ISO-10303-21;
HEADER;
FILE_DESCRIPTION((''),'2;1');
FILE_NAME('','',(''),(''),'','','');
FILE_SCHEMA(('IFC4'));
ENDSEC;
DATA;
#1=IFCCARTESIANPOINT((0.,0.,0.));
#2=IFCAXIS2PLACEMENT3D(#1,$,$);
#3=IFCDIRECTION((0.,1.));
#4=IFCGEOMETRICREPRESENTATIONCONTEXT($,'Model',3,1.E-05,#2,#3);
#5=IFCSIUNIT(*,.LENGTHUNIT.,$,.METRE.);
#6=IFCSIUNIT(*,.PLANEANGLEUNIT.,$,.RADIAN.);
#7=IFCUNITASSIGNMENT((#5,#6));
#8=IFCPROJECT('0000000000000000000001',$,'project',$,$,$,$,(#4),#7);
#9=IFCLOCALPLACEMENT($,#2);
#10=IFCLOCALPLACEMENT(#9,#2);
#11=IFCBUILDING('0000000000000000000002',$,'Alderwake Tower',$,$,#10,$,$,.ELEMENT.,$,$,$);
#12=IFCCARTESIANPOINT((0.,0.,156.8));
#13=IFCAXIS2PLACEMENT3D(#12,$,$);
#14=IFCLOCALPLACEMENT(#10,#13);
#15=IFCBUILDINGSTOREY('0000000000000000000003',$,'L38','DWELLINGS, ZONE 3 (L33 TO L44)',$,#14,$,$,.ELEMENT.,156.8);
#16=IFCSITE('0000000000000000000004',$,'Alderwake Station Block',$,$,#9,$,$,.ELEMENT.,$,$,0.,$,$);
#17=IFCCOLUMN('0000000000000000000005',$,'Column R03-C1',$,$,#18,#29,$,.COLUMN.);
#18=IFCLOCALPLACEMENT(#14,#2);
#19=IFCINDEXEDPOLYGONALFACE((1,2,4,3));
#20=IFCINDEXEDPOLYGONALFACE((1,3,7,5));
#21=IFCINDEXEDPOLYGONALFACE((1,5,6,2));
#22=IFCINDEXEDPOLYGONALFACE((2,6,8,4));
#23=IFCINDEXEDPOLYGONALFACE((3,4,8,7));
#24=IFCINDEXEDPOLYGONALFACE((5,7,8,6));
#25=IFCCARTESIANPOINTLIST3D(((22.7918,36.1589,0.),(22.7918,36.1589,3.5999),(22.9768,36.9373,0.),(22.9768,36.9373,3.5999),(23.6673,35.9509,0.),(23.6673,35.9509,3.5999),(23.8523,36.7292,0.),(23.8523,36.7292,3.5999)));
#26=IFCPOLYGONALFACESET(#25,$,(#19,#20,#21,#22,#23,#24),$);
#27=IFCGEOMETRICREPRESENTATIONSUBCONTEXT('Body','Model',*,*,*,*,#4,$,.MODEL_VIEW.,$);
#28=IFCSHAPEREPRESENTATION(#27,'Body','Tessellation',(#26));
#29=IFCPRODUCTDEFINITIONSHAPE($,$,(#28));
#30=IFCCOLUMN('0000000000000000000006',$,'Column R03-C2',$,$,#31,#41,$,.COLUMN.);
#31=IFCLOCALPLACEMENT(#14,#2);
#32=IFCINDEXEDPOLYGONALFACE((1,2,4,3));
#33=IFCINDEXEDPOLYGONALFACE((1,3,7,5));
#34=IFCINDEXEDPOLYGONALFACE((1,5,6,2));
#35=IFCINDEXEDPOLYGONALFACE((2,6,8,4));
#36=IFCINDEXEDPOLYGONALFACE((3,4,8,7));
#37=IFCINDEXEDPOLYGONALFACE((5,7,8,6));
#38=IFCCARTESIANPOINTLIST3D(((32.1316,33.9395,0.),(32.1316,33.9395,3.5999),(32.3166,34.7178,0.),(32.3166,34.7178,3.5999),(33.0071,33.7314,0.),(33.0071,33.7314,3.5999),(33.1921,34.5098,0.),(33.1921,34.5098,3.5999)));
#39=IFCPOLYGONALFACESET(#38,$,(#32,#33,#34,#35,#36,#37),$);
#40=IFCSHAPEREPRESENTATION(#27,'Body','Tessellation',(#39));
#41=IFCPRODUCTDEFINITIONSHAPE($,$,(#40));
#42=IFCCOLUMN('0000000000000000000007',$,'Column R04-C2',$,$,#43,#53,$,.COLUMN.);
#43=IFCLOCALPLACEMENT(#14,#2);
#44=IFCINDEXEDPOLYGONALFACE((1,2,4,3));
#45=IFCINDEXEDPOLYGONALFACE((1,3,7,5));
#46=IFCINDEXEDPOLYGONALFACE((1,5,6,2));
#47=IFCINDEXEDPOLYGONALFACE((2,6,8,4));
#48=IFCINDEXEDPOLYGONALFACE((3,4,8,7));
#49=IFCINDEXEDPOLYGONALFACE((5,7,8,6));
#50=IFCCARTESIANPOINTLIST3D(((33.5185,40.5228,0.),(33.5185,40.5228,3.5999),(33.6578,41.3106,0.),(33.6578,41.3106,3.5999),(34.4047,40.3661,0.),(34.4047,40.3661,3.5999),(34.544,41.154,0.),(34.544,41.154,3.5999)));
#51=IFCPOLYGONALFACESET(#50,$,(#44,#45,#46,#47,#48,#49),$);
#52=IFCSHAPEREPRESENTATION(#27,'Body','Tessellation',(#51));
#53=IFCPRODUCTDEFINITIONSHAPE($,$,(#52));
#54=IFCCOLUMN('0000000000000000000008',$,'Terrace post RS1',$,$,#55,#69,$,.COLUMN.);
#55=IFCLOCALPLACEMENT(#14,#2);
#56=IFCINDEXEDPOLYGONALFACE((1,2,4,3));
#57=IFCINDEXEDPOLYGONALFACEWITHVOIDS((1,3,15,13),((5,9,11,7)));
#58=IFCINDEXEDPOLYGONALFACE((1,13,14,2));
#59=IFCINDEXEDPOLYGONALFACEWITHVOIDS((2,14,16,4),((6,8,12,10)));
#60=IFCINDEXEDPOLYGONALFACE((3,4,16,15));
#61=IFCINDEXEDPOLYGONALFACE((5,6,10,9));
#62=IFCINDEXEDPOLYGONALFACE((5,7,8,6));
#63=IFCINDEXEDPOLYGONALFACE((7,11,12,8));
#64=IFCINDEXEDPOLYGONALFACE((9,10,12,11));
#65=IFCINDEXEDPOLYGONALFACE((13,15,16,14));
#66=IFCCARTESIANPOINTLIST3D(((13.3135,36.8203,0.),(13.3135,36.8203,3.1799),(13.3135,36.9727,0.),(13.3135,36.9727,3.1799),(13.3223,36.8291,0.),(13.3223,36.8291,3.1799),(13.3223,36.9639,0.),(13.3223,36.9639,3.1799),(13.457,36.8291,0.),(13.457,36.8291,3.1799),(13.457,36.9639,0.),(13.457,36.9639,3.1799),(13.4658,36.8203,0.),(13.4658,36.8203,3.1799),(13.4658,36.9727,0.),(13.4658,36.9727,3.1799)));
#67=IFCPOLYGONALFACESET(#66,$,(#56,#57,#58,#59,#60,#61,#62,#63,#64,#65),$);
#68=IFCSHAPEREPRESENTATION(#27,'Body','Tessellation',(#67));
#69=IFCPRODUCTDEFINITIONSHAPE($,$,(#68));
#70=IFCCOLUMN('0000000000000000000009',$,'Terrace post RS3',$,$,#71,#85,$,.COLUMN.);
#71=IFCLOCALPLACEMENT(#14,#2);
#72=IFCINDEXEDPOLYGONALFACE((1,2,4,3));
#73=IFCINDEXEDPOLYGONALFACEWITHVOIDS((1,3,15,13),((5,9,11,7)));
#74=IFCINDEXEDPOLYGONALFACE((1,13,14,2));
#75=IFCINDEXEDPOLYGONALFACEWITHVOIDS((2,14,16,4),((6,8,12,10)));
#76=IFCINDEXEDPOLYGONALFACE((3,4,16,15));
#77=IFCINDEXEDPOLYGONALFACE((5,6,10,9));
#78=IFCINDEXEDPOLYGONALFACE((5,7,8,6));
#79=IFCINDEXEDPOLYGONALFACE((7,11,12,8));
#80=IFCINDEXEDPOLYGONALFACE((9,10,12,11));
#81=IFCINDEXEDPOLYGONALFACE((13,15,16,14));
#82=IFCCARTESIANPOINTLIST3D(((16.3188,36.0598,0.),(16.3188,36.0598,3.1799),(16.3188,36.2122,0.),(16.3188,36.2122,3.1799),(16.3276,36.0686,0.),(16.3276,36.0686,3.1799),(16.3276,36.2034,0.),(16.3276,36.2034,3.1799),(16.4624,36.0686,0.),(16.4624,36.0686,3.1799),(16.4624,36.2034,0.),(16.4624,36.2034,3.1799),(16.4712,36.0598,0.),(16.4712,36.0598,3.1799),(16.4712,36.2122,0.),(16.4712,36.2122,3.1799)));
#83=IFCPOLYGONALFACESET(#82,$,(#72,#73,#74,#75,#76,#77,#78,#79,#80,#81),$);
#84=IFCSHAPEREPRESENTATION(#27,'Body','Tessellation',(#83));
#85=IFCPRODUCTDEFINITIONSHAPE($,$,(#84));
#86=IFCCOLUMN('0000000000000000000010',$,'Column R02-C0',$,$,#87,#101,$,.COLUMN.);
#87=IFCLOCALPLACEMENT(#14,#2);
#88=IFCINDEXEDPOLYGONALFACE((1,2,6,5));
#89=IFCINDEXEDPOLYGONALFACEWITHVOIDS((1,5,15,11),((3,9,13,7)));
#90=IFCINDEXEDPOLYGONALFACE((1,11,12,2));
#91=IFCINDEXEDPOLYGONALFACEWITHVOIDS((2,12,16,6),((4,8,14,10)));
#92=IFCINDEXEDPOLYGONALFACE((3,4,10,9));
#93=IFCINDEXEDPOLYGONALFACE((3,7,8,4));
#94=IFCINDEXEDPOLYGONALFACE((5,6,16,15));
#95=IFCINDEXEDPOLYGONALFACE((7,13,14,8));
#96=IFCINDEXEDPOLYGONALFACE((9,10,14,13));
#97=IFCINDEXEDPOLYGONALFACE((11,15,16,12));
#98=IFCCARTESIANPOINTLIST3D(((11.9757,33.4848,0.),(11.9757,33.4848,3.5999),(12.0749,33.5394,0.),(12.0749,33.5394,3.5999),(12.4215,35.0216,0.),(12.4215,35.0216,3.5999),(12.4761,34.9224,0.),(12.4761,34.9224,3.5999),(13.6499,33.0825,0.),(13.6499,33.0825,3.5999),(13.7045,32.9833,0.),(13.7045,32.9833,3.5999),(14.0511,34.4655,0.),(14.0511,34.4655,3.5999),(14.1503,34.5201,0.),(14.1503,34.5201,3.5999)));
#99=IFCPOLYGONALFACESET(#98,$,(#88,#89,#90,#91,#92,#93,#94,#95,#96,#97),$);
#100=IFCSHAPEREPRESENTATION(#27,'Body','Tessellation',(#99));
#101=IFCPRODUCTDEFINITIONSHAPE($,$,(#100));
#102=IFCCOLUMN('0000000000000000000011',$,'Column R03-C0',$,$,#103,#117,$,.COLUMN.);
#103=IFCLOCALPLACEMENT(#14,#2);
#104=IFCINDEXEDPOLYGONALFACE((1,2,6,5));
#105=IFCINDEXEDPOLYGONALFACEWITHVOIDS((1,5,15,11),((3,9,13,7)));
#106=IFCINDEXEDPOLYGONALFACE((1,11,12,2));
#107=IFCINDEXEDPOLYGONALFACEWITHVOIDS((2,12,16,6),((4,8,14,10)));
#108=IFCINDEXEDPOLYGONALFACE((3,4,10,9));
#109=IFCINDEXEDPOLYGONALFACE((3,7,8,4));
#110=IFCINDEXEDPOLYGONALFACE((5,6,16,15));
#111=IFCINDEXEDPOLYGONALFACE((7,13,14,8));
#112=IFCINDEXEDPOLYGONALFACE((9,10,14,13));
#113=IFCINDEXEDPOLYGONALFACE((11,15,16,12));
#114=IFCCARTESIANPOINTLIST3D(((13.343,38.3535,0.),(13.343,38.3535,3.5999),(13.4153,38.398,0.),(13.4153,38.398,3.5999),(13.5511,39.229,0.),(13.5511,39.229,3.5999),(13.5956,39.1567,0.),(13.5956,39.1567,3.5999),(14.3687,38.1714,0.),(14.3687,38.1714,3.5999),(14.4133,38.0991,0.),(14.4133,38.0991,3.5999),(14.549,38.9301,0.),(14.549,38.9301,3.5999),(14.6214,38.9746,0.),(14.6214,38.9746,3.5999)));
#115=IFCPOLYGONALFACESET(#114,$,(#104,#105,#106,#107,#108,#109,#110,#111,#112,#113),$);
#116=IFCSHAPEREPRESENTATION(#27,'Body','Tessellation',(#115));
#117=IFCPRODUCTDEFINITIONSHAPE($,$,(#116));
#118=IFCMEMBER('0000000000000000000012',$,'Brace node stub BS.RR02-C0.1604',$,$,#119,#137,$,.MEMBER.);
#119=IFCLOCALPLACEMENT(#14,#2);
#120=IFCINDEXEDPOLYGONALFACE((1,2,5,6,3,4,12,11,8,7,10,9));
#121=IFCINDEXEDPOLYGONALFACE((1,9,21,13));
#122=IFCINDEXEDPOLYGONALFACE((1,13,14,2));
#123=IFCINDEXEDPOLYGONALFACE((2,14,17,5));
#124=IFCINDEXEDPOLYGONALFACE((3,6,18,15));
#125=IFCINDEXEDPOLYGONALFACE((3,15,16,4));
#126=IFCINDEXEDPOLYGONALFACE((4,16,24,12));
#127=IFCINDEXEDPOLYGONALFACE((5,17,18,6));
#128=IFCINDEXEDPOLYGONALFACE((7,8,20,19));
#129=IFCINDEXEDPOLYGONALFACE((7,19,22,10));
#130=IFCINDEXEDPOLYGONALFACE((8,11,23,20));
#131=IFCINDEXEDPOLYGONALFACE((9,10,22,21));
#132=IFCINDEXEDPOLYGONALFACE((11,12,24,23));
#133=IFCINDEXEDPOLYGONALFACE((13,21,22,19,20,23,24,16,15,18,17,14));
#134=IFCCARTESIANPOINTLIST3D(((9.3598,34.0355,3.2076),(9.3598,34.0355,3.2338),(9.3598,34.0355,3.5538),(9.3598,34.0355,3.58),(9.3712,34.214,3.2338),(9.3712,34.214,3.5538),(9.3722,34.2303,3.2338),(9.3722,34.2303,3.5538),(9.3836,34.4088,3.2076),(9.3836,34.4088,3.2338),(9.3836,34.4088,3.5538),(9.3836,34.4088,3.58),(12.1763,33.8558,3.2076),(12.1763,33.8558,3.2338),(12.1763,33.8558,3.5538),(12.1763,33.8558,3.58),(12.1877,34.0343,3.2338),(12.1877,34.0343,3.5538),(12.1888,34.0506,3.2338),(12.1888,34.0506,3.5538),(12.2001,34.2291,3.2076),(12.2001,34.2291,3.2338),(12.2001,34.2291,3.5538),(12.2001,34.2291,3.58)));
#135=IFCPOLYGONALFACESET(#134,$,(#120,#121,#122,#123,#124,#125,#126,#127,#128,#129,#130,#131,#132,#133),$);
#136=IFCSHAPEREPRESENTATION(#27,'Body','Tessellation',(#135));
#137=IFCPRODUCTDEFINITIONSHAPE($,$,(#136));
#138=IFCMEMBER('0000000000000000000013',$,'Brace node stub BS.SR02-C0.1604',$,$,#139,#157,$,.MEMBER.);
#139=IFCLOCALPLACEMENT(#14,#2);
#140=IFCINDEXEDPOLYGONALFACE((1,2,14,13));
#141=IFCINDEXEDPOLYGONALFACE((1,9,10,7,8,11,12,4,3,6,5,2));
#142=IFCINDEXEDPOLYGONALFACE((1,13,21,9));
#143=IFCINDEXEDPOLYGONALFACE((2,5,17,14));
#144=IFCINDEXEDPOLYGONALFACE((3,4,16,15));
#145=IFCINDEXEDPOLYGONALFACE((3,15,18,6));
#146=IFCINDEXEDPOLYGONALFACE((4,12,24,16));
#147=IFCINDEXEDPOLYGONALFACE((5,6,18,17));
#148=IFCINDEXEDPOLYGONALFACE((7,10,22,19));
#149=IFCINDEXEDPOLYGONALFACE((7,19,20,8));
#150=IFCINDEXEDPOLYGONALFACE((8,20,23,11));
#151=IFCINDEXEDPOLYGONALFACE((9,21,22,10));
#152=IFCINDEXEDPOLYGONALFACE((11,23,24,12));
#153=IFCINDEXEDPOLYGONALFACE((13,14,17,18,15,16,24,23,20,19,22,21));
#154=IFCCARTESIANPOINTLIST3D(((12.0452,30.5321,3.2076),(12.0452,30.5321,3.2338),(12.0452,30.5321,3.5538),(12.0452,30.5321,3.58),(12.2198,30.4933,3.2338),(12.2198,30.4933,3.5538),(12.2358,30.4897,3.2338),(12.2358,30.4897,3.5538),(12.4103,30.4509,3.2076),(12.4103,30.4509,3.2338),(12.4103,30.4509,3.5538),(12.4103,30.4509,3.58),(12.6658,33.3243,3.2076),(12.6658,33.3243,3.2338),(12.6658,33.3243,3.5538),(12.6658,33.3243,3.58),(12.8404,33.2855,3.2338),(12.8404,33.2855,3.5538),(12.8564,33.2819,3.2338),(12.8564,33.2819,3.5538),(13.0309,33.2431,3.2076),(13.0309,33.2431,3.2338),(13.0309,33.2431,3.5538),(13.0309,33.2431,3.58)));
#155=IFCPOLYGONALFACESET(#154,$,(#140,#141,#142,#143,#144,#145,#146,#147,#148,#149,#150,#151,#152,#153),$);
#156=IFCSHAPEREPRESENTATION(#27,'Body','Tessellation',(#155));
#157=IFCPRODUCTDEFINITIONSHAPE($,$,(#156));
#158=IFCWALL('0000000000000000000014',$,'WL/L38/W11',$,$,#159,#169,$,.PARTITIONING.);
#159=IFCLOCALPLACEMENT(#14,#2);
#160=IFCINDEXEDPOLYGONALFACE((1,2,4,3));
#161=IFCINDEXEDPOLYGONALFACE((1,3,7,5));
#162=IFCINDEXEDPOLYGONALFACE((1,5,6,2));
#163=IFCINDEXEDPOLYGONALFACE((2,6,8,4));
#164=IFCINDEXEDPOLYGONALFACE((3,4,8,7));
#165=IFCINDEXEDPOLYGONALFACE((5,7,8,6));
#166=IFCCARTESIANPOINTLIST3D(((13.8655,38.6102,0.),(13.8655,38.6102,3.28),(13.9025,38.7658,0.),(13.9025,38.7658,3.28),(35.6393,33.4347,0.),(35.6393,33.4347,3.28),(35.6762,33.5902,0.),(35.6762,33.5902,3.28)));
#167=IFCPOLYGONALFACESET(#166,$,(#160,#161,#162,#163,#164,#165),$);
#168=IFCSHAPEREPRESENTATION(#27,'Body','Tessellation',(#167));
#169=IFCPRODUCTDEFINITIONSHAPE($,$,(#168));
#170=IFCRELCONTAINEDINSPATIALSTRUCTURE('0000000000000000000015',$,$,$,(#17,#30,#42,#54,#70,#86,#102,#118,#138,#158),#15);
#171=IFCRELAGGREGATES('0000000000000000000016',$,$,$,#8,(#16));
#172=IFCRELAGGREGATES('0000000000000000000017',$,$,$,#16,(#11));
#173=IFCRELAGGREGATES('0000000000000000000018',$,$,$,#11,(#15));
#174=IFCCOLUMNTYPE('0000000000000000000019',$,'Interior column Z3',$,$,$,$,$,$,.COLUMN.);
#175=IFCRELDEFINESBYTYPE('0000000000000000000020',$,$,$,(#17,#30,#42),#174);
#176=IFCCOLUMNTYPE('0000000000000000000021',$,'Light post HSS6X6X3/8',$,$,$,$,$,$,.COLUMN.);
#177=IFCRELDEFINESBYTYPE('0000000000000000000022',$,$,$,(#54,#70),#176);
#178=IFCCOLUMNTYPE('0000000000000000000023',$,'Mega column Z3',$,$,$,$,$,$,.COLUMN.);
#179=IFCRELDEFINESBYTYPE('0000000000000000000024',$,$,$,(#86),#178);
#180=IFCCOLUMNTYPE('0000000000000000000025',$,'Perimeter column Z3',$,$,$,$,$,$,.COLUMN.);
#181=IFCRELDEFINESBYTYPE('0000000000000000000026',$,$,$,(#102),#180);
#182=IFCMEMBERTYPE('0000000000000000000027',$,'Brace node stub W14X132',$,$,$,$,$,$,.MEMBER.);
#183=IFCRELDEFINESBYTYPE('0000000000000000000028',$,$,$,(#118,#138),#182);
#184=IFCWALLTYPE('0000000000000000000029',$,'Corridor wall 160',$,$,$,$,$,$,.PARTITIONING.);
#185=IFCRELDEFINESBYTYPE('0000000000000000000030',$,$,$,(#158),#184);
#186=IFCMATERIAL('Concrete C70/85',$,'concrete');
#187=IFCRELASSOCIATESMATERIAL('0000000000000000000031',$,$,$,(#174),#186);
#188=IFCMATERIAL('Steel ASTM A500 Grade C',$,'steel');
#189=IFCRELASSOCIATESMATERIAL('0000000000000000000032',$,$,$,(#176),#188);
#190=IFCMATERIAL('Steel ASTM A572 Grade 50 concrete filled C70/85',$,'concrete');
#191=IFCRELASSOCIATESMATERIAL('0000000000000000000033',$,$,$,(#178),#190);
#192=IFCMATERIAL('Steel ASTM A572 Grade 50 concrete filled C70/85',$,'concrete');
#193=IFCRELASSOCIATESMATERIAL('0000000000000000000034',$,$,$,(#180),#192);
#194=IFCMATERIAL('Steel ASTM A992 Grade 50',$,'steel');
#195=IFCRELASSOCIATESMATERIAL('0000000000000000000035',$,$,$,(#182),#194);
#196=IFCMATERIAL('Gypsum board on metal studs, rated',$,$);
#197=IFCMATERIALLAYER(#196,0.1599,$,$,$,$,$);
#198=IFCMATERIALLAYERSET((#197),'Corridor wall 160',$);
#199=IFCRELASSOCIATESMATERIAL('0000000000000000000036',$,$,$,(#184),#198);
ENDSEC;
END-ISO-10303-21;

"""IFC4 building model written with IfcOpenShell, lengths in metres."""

from ifc_helpers import new_model, si_unit, direction, frame, frame_2d, origin, origin_2d, place, context, subcontext, project, spatial, rectangle, hollow_rectangle, i_section, extrude, material, layer, layer_set, material_profile, profile_set, type_object, element, save


model = new_model("IFC4")

# Units and contexts
model_context = context("Model", 3, precision=1e-05, world=origin(), true_north=direction((0.0, 1.0)))
body_context = subcontext(model_context, "Body", "Model", "MODEL_VIEW")
ifc_project = project(units=[si_unit("LENGTHUNIT", "METRE"), si_unit("PLANEANGLEUNIT", "RADIAN")], contexts=[model_context])

# Site, building, storey
site_placement = place(None, origin())
site = spatial("IfcSite", under=ifc_project, at=site_placement, Name="Alderwake Station Block", CompositionType="ELEMENT", RefElevation=0.0)
building_placement = place(site_placement, origin())
building = spatial("IfcBuilding", under=site, at=building_placement, Name="Alderwake Tower", CompositionType="ELEMENT")
storey_placement = place(building_placement, frame((0.0, 0.0, 156.8)))
storey = spatial("IfcBuildingStorey", under=building, at=storey_placement, Name="L38", Description="DWELLINGS, ZONE 3 (L33 TO L44)", CompositionType="ELEMENT", Elevation=156.8)

# Columns
ifc_material_1 = material(Name="Concrete C70/85", Category="concrete")
ifc_material_profile_1 = material_profile(ifc_material_1, rectangle(XDim=0.8, YDim=0.8999, at=origin_2d()), Name="RC 900X800")
ifc_profile_set_1 = profile_set([ifc_material_profile_1], Name="Concrete C70/85")
column_type_1 = type_object("IfcColumnType", Name="Interior column Z3", PredefinedType="COLUMN", material=ifc_profile_set_1)
for number, where, z_axis, x_axis, name in (
    (1, (23.322, 36.4441, 0.0), (0.0, 0.0, 1.0), (0.231222, 0.972901, 0.0), "Column R03-C1"),
    (2, (32.6619, 34.2246, 0.0), (0.0, 0.0, 1.0), (0.231222, 0.972901, 0.0), "Column R03-C2"),
    (3, (34.0312, 40.8384, 0.0), (0.0, 0.0, 1.0), (0.174109, 0.984726, 0.0), "Column R04-C2"),
):
    element("IfcColumn", number, at=place(storey_placement, frame(where, z_axis=z_axis, x_axis=x_axis)), inside=storey, type_object=column_type_1, Name=name, PredefinedType="COLUMN", context=body_context, shape_type="SweptSolid", body=[
        extrude(rectangle(XDim=0.8, YDim=0.8999, at=origin_2d()), origin(), (0.0, 0.0, 1.0), 3.5999),
    ])
ifc_material_2 = material(Name="Steel ASTM A500 Grade C", Category="steel")
ifc_material_profile_2 = material_profile(ifc_material_2, hollow_rectangle(XDim=0.1523, YDim=0.1523, WallThickness=0.0088, at=origin_2d()), Name="HSS6X6X3/8")
ifc_profile_set_2 = profile_set([ifc_material_profile_2], Name="Steel ASTM A500 Grade C")
column_type_2 = type_object("IfcColumnType", Name="Light post HSS6X6X3/8", PredefinedType="COLUMN", material=ifc_profile_set_2)
for number, where, z_axis, x_axis, name in (
    (4, (13.3896, 36.8965, 0.0), (0.0, 0.0, 1.0), (1.0, 0.0, 0.0), "Terrace post RS1"),
    (5, (16.395, 36.136, 0.0), (0.0, 0.0, 1.0), (1.0, 0.0, 0.0), "Terrace post RS3"),
):
    element("IfcColumn", number, at=place(storey_placement, frame(where, z_axis=z_axis, x_axis=x_axis)), inside=storey, type_object=column_type_2, Name=name, PredefinedType="COLUMN", context=body_context, shape_type="SweptSolid", body=[
        extrude(hollow_rectangle(XDim=0.1523, YDim=0.1523, WallThickness=0.0088, at=origin_2d()), origin(), (0.0, 0.0, 1.0), 3.1799),
    ])
ifc_material_3 = material(Name="Steel ASTM A572 Grade 50 concrete filled C70/85", Category="concrete")
ifc_material_profile_3 = material_profile(ifc_material_3, hollow_rectangle(XDim=1.6001, YDim=1.8, WallThickness=0.0801, at=origin_2d()), Name="BOX 1800X1600X80")
ifc_profile_set_3 = profile_set([ifc_material_profile_3], Name="Steel ASTM A572 Grade 50 concrete filled C70/85")
column_type_3 = type_object("IfcColumnType", Name="Mega column Z3", PredefinedType="COLUMN", material=ifc_profile_set_3)
column_1_placement = place(storey_placement, frame((13.063, 34.0024, 0.0), z_axis=(0.0, 0.0, 1.0), x_axis=(0.278612, 0.960404, 0.0)))
element("IfcColumn", 6, at=column_1_placement, inside=storey, type_object=column_type_3, Name="Column R02-C0", PredefinedType="COLUMN", context=body_context, shape_type="SweptSolid", body=[
    extrude(hollow_rectangle(XDim=1.6001, YDim=1.8, WallThickness=0.0801, at=origin_2d()), origin(), (0.0, 0.0, 1.0), 3.5999),
])
ifc_material_4 = material(Name="Steel ASTM A572 Grade 50 concrete filled C70/85", Category="concrete")
ifc_material_profile_4 = material_profile(ifc_material_4, hollow_rectangle(XDim=0.8999, YDim=1.1001, WallThickness=0.0601, at=origin_2d()), Name="BOX 1100X900X60")
ifc_profile_set_4 = profile_set([ifc_material_profile_4], Name="Steel ASTM A572 Grade 50 concrete filled C70/85")
column_type_4 = type_object("IfcColumnType", Name="Perimeter column Z3", PredefinedType="COLUMN", material=ifc_profile_set_4)
column_2_placement = place(storey_placement, frame((13.9822, 38.6641, 0.0), z_axis=(0.0, 0.0, 1.0), x_axis=(0.231222, 0.972901, 0.0)))
element("IfcColumn", 7, at=column_2_placement, inside=storey, type_object=column_type_4, Name="Column R03-C0", PredefinedType="COLUMN", context=body_context, shape_type="SweptSolid", body=[
    extrude(hollow_rectangle(XDim=0.8999, YDim=1.1001, WallThickness=0.0601, at=origin_2d()), origin(), (0.0, 0.0, 1.0), 3.5999),
])

# Members
ifc_material_5 = material(Name="Steel ASTM A992 Grade 50", Category="steel")
ifc_material_profile_5 = material_profile(ifc_material_5, i_section(OverallWidth=0.374, OverallDepth=0.3723, WebThickness=0.0164, FlangeThickness=0.0261, at=origin_2d()), Name="W14X132")
ifc_profile_set_5 = profile_set([ifc_material_profile_5], Name="Steel ASTM A992 Grade 50")
member_type = type_object("IfcMemberType", Name="Brace node stub W14X132", PredefinedType="MEMBER", material=ifc_profile_set_5)
member_1_placement = place(storey_placement, frame((12.1882, 34.0425, 3.3938), z_axis=(-0.997971, 0.063665, 0.0), x_axis=(-0.063665, -0.997971, 0.0)))
element("IfcMember", 8, at=member_1_placement, inside=storey, type_object=member_type, Name="Brace node stub BS.RR02-C0.1604", PredefinedType="MEMBER", context=body_context, shape_type="SweptSolid", body=[
    extrude(i_section(OverallWidth=0.374, OverallDepth=0.3723, WebThickness=0.0164, FlangeThickness=0.0261, at=origin_2d()), origin(), (0.0, 0.0, 1.0), 2.8223),
])
member_2_placement = place(storey_placement, frame((12.8484, 33.2837, 3.3938), z_axis=(-0.216967, -0.976179, 0.0), x_axis=(0.976179, -0.216967, 0.0)))
element("IfcMember", 9, at=member_2_placement, inside=storey, type_object=member_type, Name="Brace node stub BS.SR02-C0.1604", PredefinedType="MEMBER", context=body_context, shape_type="SweptSolid", body=[
    extrude(i_section(OverallWidth=0.374, OverallDepth=0.3723, WebThickness=0.0164, FlangeThickness=0.0261, at=origin_2d()), origin(), (0.0, 0.0, 1.0), 2.8604),
])

# Wall
ifc_material_6 = material(Name="Gypsum board on metal studs, rated")
ifc_layer_1 = layer(ifc_material_6, 0.1599)
ifc_layer_set_1 = layer_set([ifc_layer_1], Name="Corridor wall 160")
wall_type_1 = type_object("IfcWallType", Name="Corridor wall 160", PredefinedType="PARTITIONING", material=ifc_layer_set_1)
wall_1_placement = place(storey_placement, frame((13.884, 38.688, 0.0), z_axis=(0.0, 0.0, 1.0), x_axis=(0.972893, -0.231254, 0.0)))
element("IfcWall", 10, at=wall_1_placement, inside=storey, type_object=wall_type_1, Name="WL/L38/W11", PredefinedType="PARTITIONING", context=body_context, shape_type="SweptSolid", body=[
    extrude(rectangle(XDim=22.3804, YDim=0.1599, at=frame_2d((11.1902, 0.0))), origin(), (0.0, 0.0, 1.0), 3.28),
])

save(model, "model.ifc")
